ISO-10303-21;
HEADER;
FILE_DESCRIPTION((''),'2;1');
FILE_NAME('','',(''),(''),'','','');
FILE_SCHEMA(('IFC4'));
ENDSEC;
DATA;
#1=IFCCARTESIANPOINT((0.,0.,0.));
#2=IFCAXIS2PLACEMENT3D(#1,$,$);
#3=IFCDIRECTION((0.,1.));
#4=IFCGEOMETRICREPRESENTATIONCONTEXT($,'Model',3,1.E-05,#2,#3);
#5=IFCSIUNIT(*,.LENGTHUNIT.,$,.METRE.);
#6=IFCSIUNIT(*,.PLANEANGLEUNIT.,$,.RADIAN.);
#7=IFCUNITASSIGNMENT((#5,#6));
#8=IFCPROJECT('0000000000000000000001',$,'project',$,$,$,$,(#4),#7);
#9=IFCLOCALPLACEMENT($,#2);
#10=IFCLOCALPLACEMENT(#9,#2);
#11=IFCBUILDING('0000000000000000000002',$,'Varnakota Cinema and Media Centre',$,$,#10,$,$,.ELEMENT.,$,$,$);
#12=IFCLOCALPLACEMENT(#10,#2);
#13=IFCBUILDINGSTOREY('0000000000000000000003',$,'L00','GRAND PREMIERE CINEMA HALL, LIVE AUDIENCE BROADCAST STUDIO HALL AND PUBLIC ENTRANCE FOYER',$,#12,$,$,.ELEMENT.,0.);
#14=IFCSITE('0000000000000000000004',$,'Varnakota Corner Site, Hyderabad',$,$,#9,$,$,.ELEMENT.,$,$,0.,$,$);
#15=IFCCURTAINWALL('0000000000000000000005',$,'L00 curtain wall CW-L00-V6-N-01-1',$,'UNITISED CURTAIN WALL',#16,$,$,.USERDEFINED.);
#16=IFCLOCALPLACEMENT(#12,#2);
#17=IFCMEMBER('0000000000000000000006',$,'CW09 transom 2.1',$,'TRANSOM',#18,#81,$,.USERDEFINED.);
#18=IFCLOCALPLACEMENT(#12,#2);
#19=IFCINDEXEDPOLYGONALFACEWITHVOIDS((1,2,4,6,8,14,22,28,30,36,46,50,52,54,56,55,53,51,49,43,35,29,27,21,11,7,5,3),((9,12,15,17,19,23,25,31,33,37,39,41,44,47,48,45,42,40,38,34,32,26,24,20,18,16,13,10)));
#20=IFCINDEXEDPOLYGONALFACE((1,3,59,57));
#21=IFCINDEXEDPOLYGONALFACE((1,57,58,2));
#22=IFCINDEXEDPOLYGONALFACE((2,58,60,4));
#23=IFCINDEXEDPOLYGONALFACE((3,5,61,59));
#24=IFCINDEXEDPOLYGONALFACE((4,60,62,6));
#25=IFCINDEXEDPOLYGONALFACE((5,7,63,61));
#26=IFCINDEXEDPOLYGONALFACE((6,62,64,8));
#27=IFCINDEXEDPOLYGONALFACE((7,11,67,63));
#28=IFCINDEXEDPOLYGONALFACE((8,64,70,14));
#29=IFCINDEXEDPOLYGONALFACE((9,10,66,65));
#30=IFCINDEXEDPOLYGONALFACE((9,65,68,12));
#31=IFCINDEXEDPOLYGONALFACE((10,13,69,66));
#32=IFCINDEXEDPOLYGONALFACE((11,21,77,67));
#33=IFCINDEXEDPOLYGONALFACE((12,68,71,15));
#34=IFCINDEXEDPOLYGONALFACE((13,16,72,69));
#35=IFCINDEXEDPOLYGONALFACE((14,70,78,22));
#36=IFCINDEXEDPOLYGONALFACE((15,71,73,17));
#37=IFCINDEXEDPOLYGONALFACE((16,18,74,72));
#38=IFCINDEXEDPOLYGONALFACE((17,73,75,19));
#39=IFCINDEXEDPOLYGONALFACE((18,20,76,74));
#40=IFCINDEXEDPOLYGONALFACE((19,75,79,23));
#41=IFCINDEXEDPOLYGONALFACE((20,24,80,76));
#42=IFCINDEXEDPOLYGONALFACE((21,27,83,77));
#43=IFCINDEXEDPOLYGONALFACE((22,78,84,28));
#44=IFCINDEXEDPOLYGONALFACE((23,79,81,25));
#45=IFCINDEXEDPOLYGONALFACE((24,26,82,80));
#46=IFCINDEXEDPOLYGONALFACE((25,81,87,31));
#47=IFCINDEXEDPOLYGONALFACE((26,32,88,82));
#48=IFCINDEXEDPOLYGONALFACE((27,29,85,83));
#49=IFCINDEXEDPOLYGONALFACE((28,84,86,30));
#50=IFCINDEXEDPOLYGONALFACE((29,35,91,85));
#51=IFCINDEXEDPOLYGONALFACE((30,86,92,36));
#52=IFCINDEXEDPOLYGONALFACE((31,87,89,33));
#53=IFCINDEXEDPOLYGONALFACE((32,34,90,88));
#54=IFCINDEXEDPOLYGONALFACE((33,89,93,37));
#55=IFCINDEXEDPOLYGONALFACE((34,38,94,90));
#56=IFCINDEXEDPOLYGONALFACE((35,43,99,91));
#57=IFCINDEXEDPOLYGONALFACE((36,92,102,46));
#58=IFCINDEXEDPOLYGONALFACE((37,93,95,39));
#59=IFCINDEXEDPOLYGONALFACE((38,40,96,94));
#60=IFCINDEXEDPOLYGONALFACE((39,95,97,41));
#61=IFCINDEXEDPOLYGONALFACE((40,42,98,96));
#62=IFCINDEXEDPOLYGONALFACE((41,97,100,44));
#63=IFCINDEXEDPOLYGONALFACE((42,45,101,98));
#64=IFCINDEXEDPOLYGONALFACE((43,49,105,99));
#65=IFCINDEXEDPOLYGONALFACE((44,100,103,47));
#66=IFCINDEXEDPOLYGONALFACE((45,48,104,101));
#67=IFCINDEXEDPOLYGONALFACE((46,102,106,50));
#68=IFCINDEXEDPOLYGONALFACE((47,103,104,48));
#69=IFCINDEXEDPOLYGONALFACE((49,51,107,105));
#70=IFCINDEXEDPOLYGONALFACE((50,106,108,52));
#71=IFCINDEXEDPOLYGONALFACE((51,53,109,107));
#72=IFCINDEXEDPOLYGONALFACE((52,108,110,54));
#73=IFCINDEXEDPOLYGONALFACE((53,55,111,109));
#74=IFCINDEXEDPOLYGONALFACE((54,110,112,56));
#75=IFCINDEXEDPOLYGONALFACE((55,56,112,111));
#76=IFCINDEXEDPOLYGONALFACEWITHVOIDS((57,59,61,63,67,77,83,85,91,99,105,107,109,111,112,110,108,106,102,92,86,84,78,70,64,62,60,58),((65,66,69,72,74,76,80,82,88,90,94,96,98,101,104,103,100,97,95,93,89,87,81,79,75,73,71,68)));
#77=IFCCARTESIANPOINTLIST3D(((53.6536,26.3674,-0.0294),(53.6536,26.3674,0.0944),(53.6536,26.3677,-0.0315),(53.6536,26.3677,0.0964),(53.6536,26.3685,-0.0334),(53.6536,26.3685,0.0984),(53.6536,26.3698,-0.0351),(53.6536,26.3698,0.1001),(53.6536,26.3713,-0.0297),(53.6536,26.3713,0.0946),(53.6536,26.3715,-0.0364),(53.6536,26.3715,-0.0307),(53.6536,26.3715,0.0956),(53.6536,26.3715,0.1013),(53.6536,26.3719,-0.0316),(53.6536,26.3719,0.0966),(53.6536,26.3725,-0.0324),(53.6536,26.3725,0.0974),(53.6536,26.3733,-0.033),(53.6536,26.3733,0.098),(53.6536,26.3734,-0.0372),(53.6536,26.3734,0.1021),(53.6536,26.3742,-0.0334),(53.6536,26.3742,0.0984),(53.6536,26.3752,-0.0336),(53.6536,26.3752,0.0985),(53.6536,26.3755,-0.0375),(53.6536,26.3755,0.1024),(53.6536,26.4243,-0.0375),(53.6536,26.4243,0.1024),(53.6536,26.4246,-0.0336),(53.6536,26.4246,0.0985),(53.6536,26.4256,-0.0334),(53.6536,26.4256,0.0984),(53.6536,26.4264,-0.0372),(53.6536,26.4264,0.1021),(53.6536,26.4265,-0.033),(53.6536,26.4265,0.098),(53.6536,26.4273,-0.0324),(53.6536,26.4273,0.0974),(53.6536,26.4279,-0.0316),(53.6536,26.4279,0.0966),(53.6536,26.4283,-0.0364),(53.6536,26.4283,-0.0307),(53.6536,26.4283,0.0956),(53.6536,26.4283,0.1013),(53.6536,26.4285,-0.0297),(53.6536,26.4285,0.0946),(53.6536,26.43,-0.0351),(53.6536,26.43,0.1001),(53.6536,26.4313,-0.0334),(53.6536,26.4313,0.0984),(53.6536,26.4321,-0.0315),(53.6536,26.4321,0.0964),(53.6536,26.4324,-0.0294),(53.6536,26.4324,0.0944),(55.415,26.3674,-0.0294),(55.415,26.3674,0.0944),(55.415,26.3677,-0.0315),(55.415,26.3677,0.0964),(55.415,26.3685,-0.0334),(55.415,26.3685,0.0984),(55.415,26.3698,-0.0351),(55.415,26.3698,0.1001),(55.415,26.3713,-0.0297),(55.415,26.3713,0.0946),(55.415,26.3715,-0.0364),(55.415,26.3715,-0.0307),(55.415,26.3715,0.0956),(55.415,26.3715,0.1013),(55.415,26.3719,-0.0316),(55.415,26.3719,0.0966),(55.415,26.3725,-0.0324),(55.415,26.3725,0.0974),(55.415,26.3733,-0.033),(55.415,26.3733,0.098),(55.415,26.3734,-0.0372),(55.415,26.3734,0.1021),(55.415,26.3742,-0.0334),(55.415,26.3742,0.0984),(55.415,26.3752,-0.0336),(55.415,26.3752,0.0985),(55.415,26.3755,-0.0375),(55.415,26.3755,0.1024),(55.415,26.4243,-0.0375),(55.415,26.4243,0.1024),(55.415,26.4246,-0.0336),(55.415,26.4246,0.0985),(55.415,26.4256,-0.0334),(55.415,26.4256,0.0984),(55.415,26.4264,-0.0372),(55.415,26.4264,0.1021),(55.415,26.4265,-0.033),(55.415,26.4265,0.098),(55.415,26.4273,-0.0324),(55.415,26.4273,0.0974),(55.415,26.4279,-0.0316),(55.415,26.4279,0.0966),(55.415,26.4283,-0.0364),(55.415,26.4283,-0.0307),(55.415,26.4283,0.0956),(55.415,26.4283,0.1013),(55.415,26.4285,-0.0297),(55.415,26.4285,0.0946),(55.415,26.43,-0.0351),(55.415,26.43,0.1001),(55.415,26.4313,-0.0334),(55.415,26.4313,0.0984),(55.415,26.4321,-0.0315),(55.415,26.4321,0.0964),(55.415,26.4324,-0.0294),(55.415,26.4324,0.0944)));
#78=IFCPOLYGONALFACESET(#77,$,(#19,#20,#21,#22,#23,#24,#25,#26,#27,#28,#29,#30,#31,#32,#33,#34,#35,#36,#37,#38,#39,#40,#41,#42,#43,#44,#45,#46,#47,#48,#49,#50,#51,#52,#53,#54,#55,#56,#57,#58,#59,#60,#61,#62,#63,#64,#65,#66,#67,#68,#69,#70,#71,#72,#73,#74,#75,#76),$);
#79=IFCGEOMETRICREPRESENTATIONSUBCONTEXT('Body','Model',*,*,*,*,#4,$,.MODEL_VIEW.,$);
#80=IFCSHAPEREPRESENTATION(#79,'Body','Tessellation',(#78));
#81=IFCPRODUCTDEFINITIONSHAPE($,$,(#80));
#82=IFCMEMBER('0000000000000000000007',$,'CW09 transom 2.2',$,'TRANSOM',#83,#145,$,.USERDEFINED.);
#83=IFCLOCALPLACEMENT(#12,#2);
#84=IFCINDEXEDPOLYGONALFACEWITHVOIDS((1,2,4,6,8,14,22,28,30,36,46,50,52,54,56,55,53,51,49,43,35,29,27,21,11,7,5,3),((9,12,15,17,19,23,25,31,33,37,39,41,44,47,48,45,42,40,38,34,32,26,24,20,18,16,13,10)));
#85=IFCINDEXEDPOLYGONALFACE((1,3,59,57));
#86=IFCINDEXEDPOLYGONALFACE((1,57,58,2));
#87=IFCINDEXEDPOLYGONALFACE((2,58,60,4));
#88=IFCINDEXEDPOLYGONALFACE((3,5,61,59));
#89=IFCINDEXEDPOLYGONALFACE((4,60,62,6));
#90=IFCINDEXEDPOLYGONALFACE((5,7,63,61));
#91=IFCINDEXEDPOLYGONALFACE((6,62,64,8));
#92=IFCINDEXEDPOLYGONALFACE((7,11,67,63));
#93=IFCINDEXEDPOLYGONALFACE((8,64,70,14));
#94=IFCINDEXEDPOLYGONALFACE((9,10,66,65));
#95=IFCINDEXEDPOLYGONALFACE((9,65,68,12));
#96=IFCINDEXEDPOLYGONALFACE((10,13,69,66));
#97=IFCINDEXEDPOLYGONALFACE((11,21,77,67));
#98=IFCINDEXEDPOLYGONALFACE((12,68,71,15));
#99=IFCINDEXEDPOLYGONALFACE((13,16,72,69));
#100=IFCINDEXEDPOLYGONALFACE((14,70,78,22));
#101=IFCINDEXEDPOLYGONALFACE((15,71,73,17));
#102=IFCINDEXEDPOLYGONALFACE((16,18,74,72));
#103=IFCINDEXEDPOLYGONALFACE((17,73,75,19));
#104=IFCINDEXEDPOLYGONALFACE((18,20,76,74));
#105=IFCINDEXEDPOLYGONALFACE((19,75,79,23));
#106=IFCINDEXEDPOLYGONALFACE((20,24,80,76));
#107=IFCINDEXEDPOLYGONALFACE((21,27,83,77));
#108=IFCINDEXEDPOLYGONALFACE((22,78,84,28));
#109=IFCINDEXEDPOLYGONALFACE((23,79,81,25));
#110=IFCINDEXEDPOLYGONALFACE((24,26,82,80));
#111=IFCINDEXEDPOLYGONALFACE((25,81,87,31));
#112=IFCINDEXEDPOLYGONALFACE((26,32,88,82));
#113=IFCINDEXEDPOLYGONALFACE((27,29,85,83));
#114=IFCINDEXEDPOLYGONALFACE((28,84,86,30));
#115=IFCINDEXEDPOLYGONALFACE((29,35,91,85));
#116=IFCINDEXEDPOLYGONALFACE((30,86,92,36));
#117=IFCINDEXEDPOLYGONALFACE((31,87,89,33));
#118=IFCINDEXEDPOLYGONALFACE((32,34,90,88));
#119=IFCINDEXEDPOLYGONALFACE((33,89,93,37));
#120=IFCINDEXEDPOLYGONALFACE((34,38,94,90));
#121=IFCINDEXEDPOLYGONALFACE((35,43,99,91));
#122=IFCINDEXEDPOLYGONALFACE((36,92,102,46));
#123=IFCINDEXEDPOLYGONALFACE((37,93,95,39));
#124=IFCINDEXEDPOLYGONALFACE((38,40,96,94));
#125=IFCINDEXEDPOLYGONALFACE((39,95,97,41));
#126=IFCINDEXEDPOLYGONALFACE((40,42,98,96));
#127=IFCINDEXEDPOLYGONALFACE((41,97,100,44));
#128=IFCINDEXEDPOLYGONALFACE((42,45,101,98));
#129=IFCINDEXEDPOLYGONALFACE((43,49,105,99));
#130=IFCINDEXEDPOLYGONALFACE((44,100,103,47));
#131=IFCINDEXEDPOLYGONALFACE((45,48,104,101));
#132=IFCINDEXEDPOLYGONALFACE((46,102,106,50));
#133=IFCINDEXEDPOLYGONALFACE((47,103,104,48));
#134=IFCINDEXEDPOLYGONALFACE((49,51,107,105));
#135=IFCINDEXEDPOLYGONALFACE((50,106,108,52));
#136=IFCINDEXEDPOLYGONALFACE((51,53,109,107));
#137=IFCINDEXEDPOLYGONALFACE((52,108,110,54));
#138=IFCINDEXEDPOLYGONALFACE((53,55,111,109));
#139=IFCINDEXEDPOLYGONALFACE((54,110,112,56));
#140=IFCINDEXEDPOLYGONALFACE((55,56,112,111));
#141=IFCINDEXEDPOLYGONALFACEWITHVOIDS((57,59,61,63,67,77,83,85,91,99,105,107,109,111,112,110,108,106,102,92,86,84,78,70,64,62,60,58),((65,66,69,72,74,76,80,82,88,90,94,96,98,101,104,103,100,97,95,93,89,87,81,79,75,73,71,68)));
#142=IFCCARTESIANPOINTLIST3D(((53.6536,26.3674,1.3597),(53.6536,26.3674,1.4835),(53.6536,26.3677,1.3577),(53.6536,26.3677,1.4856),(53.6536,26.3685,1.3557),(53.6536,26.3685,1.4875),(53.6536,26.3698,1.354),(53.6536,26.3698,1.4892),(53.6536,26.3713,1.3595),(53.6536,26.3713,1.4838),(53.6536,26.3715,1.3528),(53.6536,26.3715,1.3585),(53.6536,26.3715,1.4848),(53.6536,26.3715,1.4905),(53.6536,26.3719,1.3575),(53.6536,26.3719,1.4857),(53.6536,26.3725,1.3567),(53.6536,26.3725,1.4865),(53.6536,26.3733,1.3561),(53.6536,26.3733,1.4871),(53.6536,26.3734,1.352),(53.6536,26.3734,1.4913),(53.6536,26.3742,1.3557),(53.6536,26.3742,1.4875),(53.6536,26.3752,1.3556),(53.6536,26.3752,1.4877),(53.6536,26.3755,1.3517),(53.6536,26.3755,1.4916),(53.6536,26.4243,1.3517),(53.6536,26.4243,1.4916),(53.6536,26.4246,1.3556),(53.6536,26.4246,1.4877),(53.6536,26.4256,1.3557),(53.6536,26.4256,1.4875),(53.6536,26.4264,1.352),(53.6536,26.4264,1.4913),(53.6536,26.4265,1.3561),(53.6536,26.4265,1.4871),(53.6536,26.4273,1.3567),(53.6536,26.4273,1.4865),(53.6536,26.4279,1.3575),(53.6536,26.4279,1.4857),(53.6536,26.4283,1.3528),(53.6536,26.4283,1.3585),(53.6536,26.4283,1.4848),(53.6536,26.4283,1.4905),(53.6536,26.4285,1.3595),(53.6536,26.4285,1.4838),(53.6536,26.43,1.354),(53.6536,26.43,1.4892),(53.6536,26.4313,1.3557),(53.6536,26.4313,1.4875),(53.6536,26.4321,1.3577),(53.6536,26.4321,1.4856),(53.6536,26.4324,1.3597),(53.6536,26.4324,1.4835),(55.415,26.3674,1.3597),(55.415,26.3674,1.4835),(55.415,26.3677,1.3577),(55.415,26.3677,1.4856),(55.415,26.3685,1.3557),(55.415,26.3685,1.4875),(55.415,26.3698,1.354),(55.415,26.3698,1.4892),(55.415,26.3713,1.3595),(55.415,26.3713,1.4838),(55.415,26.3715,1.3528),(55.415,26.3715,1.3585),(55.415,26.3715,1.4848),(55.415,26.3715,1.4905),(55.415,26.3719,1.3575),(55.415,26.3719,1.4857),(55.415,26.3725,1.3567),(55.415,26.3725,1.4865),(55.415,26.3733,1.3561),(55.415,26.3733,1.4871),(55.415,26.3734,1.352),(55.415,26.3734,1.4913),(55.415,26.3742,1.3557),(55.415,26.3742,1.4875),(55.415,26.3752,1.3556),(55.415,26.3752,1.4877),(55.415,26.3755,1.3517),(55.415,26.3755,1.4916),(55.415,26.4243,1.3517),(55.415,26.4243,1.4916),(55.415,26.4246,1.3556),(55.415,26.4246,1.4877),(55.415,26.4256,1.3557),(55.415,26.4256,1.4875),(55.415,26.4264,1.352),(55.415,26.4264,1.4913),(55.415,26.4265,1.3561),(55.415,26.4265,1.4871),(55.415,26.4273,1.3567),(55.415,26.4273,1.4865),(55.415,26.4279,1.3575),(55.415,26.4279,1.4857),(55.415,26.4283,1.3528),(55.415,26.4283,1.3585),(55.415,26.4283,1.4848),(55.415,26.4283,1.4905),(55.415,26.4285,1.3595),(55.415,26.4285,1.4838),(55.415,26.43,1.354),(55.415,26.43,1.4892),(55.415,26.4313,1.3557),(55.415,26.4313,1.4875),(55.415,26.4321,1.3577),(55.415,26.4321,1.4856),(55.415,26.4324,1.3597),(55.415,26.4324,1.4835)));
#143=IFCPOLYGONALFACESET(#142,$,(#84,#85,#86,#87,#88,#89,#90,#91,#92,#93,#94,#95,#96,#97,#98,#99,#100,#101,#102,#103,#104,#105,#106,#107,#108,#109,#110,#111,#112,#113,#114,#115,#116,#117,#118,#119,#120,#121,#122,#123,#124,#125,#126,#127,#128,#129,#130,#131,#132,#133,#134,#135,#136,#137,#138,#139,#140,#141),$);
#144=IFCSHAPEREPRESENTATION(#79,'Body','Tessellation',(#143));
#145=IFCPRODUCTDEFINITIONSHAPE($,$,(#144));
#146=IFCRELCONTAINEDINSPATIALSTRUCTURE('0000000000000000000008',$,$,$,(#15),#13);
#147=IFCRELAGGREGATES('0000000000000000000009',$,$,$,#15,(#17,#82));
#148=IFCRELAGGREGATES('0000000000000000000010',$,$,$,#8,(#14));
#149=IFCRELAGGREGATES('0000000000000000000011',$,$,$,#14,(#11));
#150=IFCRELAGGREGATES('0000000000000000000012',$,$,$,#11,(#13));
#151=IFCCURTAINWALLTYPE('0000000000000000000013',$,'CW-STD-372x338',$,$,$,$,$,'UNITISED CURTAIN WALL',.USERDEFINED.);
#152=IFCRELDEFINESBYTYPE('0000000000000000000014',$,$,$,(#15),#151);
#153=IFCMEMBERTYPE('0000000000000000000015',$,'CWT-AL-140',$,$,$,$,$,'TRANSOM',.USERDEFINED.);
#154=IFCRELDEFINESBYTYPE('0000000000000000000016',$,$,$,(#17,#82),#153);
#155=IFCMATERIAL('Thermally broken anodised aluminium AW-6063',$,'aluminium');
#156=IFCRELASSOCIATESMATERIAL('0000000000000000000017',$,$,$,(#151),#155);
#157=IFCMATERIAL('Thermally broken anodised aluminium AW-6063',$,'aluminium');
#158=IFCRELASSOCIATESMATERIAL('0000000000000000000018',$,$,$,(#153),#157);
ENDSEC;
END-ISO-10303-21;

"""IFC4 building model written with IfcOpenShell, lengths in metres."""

from ifc_helpers import new_model, si_unit, direction, frame, origin, origin_2d, place, context, subcontext, project, spatial, hollow_rectangle, extrude, material, material_profile, profile_set, type_object, element, aggregate, save


model = new_model("IFC4")

# Units and contexts
model_context = context("Model", 3, precision=1e-05, world=origin(), true_north=direction((0.0, 1.0)))
body_context = subcontext(model_context, "Body", "Model", "MODEL_VIEW")
ifc_project = project(units=[si_unit("LENGTHUNIT", "METRE"), si_unit("PLANEANGLEUNIT", "RADIAN")], contexts=[model_context])

# Site, building, storey
site_placement = place(None, origin())
site = spatial("IfcSite", under=ifc_project, at=site_placement, Name="Varnakota Corner Site, Hyderabad", CompositionType="ELEMENT", RefElevation=0.0)
building_placement = place(site_placement, origin())
building = spatial("IfcBuilding", under=site, at=building_placement, Name="Varnakota Cinema and Media Centre", CompositionType="ELEMENT")
storey_placement = place(building_placement, origin())
storey = spatial("IfcBuildingStorey", under=building, at=storey_placement, Name="L00", Description="GRAND PREMIERE CINEMA HALL, LIVE AUDIENCE BROADCAST STUDIO HALL AND PUBLIC ENTRANCE FOYER", CompositionType="ELEMENT", Elevation=0.0)

# Curtain wall
ifc_material_1 = material(Name="Thermally broken anodised aluminium AW-6063", Category="aluminium")
curtain_wall_type_1 = type_object("IfcCurtainWallType", Name="CW-STD-372x338", ElementType="UNITISED CURTAIN WALL", PredefinedType="USERDEFINED", material=ifc_material_1)
curtain_wall_1_placement = place(storey_placement, origin())
curtain_wall_1 = element("IfcCurtainWall", 1, at=curtain_wall_1_placement, inside=storey, type_object=curtain_wall_type_1, Name="L00 curtain wall CW-L00-V6-N-01-1", ObjectType="UNITISED CURTAIN WALL", PredefinedType="USERDEFINED")

# Members
ifc_material_2 = material(Name="Thermally broken anodised aluminium AW-6063", Category="aluminium")
ifc_material_profile_1 = material_profile(ifc_material_2, hollow_rectangle(XDim=0.0649, YDim=0.1399, WallThickness=0.0039, InnerFilletRadius=0.0039, OuterFilletRadius=0.0081, at=origin_2d()), Name="AL-TRANSOM 140x65x4")
ifc_profile_set_1 = profile_set([ifc_material_profile_1], Name="Thermally broken anodised aluminium AW-6063")
member_type_1 = type_object("IfcMemberType", Name="CWT-AL-140", ElementType="TRANSOM", PredefinedType="USERDEFINED", material=ifc_profile_set_1)
member_1_placement = place(storey_placement, frame((53.6536, 26.3999, 0.0325), z_axis=(1.0, 0.0, 0.0), x_axis=(0.0, 1.0, 0.0)))
member_1 = element("IfcMember", 2, at=member_1_placement, type_object=member_type_1, Name="CW09 transom 2.1", ObjectType="TRANSOM", PredefinedType="USERDEFINED", context=body_context, shape_type="SweptSolid", body=[
    extrude(hollow_rectangle(XDim=0.0649, YDim=0.1399, WallThickness=0.0039, InnerFilletRadius=0.0039, OuterFilletRadius=0.0081, at=origin_2d()), origin(), (0.0, 0.0, 1.0), 1.7615),
])
member_2_placement = place(storey_placement, frame((53.6536, 26.3999, 1.4216), z_axis=(1.0, 0.0, 0.0), x_axis=(0.0, 1.0, 0.0)))
member_2 = element("IfcMember", 3, at=member_2_placement, type_object=member_type_1, Name="CW09 transom 2.2", ObjectType="TRANSOM", PredefinedType="USERDEFINED", context=body_context, shape_type="SweptSolid", body=[
    extrude(hollow_rectangle(XDim=0.0649, YDim=0.1399, WallThickness=0.0039, InnerFilletRadius=0.0039, OuterFilletRadius=0.0081, at=origin_2d()), origin(), (0.0, 0.0, 1.0), 1.7615),
])

aggregate(curtain_wall_1, [member_1, member_2])

save(model, "model.ifc")
